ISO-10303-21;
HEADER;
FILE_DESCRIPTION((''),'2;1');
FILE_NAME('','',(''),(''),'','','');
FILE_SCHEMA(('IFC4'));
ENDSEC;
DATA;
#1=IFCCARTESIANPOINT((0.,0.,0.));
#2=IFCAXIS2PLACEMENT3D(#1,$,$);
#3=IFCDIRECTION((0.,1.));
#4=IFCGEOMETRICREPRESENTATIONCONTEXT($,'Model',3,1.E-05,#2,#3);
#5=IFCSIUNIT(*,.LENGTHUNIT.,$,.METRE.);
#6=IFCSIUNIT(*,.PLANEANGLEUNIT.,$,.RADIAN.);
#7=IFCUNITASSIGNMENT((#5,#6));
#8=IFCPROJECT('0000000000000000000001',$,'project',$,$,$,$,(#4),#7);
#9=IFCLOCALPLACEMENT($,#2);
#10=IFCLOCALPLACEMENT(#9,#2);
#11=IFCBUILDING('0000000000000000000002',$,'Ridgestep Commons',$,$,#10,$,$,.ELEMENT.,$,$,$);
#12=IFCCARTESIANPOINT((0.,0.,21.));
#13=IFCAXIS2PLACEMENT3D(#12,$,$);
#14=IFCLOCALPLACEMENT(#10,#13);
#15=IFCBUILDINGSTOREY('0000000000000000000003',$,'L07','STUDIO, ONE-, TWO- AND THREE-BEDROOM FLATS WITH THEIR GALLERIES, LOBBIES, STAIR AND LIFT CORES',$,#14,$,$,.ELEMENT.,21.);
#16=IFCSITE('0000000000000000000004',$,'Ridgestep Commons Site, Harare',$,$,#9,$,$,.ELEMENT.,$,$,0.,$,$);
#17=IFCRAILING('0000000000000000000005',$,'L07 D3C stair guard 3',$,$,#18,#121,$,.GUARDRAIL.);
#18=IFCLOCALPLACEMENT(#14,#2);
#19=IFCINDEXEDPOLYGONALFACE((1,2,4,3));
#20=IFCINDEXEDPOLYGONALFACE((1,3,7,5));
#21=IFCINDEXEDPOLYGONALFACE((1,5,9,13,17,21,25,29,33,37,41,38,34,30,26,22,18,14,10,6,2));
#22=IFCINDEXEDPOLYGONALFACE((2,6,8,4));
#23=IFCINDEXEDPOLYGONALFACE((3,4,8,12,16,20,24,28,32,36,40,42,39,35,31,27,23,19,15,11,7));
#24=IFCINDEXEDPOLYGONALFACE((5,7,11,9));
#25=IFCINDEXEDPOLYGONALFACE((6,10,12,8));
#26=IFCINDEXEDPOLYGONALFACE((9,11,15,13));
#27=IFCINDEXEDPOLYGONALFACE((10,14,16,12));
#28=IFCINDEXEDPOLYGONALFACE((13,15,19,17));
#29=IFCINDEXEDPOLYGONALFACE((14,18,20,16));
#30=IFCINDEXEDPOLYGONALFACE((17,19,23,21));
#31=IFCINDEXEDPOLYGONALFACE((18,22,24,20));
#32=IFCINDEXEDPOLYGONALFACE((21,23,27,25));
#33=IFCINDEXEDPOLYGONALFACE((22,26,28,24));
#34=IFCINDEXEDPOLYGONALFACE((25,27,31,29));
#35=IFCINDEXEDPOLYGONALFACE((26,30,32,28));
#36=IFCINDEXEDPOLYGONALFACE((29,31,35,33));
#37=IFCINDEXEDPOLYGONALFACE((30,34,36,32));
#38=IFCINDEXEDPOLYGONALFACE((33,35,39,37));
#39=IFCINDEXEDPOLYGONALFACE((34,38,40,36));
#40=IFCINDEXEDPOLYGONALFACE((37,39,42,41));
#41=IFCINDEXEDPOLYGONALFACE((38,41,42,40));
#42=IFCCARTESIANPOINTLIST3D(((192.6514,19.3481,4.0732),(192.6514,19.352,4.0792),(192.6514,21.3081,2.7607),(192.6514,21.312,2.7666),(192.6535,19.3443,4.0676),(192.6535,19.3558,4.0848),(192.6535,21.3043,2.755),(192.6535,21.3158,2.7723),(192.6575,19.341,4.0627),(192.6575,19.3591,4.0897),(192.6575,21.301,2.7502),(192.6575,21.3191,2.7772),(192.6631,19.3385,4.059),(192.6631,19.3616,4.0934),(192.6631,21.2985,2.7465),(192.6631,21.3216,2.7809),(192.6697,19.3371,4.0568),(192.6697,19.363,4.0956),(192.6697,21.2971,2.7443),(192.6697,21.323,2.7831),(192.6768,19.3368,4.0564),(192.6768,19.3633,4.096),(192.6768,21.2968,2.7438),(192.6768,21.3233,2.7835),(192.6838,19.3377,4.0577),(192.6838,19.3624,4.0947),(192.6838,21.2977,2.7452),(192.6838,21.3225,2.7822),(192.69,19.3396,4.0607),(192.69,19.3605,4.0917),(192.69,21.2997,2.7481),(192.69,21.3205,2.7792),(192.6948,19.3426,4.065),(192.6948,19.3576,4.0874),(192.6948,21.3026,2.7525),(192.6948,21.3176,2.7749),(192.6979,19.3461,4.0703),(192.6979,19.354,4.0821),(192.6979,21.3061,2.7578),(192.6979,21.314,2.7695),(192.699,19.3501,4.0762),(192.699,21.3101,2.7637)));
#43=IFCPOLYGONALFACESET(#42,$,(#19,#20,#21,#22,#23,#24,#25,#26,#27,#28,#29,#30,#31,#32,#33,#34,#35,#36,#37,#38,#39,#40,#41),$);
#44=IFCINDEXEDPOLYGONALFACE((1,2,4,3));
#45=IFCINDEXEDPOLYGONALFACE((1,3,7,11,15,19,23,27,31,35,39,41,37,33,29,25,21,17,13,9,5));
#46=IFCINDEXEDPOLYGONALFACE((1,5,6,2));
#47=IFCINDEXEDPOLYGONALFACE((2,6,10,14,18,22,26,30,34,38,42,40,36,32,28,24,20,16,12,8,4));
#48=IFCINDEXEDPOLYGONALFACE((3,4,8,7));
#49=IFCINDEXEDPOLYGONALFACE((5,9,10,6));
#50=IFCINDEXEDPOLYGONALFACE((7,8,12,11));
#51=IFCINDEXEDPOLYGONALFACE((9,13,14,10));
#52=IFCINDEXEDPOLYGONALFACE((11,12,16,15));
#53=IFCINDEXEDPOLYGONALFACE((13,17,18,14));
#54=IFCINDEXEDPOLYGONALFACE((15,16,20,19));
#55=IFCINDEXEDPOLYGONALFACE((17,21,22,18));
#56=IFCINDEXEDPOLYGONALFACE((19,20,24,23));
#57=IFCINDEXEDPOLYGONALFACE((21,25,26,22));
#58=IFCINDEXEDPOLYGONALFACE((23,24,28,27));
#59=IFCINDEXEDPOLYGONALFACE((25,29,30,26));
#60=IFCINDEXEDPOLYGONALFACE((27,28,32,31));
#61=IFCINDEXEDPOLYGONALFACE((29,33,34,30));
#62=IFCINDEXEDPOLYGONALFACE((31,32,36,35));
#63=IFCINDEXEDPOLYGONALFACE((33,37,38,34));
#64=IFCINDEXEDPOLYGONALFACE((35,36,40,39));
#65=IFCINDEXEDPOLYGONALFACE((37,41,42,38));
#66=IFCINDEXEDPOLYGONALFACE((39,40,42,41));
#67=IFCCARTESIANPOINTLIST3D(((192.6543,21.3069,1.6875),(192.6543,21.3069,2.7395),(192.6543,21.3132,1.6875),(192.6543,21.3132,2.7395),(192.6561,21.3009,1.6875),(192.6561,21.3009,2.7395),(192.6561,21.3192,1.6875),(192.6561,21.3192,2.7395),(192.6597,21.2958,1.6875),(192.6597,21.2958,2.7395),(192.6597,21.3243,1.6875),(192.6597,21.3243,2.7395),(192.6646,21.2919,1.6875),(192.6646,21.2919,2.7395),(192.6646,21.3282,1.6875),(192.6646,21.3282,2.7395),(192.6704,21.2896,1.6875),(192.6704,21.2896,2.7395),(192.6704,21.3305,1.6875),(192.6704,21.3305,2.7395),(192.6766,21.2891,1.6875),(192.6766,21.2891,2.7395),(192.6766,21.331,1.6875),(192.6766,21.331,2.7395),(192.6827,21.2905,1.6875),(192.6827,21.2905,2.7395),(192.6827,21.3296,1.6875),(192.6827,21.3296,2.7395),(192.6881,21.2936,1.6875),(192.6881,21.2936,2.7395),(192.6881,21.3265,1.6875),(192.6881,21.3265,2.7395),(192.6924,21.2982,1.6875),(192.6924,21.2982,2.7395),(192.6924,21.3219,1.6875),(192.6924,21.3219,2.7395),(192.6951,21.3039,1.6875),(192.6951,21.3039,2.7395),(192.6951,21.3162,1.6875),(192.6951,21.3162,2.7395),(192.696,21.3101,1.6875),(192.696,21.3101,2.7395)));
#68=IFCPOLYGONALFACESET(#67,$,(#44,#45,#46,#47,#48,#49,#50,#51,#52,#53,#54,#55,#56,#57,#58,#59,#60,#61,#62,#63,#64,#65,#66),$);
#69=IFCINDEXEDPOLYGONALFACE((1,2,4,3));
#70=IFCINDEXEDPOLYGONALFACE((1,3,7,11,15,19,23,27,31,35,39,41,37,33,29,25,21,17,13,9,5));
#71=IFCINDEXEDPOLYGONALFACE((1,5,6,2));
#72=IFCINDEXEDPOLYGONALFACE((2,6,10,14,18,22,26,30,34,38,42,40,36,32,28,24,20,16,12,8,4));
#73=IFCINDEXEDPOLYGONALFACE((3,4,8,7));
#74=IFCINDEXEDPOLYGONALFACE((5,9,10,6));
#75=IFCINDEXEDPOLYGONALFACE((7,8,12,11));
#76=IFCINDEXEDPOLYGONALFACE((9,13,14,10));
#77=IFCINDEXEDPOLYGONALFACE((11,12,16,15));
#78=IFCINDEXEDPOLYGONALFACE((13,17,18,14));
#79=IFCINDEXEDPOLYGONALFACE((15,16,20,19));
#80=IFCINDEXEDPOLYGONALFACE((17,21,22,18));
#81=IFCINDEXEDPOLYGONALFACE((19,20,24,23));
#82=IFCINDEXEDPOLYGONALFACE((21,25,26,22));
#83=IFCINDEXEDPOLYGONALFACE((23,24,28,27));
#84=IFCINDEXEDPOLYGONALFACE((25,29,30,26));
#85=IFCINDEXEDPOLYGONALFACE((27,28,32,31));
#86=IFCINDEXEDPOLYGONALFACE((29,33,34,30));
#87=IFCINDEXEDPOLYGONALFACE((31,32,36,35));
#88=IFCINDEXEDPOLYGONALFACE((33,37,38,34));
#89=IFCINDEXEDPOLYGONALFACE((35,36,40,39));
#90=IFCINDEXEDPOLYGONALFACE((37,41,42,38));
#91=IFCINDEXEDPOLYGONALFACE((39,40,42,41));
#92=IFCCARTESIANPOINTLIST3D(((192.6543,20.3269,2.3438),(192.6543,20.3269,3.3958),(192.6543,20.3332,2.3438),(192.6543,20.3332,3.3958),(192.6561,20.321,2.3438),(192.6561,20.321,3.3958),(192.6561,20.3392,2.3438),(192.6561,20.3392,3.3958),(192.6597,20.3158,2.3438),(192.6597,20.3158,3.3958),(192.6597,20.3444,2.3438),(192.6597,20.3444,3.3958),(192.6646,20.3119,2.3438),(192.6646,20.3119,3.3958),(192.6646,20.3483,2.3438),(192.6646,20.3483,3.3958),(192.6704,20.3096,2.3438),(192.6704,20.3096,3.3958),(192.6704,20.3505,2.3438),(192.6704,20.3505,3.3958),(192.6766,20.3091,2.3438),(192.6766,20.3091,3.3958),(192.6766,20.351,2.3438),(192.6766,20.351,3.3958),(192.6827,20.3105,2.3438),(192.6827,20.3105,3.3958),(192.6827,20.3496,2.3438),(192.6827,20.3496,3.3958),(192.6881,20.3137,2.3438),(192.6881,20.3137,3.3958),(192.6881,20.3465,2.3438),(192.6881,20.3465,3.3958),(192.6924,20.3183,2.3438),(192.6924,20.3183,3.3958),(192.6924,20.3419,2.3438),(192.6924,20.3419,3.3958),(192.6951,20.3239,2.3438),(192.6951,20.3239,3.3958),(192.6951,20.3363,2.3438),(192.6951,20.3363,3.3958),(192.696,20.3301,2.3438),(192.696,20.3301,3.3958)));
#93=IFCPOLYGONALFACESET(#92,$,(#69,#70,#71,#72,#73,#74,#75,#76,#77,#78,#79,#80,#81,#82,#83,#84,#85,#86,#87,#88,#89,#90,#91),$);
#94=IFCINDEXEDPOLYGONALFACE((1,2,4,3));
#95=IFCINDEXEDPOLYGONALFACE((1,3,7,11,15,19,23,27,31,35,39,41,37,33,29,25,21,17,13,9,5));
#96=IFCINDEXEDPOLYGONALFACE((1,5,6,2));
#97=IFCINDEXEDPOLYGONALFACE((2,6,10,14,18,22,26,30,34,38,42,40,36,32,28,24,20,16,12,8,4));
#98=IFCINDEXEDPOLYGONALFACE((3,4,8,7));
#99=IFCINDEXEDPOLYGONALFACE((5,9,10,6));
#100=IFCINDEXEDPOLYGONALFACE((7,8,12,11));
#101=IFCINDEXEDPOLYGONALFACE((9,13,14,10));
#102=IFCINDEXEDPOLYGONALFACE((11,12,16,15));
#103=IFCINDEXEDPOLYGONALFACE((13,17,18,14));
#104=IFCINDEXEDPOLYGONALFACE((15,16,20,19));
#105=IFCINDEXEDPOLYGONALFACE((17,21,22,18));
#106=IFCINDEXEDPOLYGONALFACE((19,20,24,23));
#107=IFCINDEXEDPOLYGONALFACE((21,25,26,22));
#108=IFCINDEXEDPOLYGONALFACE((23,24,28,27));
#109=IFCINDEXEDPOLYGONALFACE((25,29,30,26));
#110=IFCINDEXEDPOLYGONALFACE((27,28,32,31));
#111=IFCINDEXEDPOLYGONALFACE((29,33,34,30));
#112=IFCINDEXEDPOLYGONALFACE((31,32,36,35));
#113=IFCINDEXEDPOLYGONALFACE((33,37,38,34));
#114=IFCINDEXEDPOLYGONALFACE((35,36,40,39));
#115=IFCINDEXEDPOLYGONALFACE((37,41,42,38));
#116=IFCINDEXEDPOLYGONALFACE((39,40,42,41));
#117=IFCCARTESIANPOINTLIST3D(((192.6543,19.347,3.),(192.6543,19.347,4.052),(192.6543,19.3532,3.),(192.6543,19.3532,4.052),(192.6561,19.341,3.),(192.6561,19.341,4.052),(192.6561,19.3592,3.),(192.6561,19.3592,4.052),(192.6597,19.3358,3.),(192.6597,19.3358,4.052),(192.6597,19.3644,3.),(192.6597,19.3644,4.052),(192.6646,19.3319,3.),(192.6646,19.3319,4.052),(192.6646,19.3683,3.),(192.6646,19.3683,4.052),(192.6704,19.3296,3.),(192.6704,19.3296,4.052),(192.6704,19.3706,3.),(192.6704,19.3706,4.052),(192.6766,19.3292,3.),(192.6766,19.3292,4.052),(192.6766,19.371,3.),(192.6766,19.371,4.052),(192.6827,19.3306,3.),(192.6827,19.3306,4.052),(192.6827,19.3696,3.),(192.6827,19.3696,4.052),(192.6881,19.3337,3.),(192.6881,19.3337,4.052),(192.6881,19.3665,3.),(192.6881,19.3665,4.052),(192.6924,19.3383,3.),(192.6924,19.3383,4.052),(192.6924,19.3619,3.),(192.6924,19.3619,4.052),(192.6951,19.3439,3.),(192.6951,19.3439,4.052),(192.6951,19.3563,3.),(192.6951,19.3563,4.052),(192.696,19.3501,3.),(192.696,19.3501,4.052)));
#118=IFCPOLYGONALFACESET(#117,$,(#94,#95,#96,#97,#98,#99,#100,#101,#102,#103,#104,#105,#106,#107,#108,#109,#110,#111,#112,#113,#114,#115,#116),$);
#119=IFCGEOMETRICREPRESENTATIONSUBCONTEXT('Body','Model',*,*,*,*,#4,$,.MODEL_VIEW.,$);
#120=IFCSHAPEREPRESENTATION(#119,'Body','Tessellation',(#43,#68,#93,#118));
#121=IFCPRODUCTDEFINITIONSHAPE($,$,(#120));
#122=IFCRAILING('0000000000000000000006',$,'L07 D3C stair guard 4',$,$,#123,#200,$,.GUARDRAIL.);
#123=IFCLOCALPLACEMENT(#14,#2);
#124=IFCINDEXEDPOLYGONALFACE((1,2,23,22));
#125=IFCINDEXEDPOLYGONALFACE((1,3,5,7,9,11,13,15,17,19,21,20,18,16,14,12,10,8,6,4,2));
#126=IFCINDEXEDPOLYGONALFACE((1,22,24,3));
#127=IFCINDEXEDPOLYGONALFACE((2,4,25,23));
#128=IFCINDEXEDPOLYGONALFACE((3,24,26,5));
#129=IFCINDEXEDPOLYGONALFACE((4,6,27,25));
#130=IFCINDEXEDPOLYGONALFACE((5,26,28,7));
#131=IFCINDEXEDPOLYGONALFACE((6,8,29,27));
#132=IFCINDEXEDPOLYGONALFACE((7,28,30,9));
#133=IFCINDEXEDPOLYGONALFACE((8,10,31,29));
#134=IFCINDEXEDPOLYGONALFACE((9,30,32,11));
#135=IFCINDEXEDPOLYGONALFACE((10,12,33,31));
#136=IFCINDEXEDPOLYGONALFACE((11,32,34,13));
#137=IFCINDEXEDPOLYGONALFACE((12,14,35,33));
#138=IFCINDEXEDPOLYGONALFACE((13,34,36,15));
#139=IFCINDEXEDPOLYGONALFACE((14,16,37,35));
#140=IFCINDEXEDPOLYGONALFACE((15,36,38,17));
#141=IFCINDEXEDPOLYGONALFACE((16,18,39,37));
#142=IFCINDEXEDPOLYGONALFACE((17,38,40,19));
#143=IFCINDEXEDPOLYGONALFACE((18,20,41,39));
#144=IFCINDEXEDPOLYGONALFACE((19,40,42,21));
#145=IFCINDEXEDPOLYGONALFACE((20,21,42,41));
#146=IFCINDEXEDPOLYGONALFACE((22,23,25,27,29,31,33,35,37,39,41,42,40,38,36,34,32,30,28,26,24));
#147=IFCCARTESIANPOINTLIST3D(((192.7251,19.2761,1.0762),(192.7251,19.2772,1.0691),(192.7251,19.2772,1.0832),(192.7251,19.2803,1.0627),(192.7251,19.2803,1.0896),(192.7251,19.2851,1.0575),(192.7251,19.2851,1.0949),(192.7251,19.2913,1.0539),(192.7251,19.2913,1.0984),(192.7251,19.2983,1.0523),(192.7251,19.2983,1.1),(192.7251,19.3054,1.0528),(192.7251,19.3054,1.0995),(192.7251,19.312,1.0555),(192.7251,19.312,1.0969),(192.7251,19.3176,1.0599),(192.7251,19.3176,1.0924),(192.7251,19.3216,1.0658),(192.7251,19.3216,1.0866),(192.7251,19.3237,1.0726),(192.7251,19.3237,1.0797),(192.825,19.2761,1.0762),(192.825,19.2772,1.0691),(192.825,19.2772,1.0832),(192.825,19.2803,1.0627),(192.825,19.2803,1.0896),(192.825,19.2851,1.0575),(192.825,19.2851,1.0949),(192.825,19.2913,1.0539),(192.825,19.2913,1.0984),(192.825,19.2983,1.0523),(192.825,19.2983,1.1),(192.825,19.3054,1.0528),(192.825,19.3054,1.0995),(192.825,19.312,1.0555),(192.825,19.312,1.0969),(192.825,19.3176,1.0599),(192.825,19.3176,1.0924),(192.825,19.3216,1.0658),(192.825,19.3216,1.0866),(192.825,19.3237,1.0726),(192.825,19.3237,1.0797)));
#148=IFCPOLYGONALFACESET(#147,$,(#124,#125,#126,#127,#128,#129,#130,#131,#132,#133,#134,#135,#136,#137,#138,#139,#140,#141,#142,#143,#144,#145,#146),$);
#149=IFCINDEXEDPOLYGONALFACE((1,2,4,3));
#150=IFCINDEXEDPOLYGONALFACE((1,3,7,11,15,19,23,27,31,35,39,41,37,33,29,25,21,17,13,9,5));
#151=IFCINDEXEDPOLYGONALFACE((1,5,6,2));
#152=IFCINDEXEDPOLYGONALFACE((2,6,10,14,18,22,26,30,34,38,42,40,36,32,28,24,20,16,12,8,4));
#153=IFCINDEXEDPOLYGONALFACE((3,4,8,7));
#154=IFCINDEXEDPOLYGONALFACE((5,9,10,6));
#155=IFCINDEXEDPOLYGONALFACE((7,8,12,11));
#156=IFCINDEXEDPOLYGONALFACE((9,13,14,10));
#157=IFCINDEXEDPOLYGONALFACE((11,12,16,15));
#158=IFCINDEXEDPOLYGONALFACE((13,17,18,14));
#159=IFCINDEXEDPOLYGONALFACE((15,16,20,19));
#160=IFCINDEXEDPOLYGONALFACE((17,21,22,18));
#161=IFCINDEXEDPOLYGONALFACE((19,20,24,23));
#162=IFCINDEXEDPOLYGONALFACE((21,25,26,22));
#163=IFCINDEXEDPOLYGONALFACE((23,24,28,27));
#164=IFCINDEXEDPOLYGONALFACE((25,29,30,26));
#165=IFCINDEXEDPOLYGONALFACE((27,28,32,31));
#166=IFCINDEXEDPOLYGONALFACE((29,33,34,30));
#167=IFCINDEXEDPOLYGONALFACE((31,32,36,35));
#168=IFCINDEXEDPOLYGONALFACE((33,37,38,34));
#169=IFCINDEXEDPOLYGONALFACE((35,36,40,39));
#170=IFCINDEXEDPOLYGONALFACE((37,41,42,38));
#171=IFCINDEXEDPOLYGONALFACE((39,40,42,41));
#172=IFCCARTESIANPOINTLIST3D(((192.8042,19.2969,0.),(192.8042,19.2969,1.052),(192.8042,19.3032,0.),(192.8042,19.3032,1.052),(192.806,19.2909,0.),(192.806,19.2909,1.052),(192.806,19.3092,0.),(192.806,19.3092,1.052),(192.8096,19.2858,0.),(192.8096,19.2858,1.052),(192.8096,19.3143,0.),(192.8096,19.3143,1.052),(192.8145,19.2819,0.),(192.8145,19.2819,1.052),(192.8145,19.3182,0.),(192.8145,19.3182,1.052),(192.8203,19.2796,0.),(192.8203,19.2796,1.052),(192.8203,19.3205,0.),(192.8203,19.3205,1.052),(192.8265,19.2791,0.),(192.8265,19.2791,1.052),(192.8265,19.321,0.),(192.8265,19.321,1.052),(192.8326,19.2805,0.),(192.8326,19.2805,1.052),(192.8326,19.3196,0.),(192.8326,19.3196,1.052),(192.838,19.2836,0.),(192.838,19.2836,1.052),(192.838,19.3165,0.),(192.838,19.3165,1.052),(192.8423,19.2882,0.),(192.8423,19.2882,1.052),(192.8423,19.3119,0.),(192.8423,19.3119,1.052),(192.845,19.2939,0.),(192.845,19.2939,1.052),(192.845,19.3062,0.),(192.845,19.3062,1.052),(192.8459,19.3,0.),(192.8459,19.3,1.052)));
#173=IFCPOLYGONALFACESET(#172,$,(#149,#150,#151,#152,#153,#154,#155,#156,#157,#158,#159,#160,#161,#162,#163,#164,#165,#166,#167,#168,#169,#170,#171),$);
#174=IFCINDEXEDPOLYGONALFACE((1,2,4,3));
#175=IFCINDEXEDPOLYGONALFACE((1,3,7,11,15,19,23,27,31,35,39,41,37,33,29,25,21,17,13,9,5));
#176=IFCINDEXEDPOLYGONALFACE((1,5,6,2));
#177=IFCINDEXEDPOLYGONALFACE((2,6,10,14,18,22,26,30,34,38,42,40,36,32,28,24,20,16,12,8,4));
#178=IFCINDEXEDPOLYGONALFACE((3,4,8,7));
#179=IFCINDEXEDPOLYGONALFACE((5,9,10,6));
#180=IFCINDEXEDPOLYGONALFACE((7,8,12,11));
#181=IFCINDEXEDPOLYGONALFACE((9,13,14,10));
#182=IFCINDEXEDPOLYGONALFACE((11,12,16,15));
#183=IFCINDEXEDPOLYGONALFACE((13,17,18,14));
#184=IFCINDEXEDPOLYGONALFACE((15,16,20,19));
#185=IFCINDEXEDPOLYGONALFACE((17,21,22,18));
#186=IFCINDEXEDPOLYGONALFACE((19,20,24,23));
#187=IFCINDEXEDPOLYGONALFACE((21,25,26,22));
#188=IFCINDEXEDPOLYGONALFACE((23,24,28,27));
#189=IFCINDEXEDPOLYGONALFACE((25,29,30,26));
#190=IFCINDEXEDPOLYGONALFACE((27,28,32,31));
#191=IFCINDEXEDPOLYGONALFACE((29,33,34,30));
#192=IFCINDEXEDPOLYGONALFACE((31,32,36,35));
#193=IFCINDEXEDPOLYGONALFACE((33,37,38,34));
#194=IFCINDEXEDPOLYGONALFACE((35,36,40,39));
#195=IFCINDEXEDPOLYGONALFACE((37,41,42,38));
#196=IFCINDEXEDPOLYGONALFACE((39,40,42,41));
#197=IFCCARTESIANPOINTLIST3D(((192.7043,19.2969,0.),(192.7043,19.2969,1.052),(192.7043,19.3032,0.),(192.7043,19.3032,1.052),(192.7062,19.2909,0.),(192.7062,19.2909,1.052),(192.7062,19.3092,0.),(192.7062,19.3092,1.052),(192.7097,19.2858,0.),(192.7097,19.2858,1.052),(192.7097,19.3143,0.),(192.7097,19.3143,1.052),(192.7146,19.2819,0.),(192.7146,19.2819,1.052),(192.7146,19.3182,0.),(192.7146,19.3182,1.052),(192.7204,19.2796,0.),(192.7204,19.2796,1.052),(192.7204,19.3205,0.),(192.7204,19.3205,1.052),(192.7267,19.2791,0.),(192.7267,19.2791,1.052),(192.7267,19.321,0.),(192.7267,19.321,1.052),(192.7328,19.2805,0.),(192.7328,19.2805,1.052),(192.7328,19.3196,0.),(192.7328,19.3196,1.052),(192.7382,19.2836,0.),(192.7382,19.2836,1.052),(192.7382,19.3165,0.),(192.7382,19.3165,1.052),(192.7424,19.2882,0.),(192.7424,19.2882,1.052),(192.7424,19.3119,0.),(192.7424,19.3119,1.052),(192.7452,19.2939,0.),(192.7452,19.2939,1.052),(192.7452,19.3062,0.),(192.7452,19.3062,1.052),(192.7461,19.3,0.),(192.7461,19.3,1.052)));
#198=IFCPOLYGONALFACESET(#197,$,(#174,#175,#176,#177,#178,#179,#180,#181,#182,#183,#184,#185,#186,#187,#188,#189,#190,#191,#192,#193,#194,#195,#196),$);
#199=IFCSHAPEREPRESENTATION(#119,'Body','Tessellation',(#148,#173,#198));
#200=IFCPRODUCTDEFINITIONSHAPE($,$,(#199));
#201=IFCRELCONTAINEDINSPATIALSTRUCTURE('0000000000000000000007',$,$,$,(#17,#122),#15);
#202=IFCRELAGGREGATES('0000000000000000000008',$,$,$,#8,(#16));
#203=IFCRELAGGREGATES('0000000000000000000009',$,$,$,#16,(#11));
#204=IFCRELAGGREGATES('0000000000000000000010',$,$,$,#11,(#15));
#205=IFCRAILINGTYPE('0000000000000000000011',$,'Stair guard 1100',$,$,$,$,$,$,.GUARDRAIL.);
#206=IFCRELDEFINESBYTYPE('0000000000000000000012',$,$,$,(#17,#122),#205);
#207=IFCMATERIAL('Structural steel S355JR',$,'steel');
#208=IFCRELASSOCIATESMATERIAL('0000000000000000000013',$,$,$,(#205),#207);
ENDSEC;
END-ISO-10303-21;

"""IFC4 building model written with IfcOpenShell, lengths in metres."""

from ifc_helpers import new_model, si_unit, direction, frame, origin, origin_2d, place, context, subcontext, project, spatial, circle, extrude, material, type_object, element, save


model = new_model("IFC4")

# Units and contexts
model_context = context("Model", 3, precision=1e-05, world=origin(), true_north=direction((0.0, 1.0)))
body_context = subcontext(model_context, "Body", "Model", "MODEL_VIEW")
ifc_project = project(units=[si_unit("LENGTHUNIT", "METRE"), si_unit("PLANEANGLEUNIT", "RADIAN")], contexts=[model_context])

# Site, building, storey
site_placement = place(None, origin())
site = spatial("IfcSite", under=ifc_project, at=site_placement, Name="Ridgestep Commons Site, Harare", CompositionType="ELEMENT", RefElevation=0.0)
building_placement = place(site_placement, origin())
building = spatial("IfcBuilding", under=site, at=building_placement, Name="Ridgestep Commons", CompositionType="ELEMENT")
storey_placement = place(building_placement, frame((0.0, 0.0, 21.0)))
storey = spatial("IfcBuildingStorey", under=building, at=storey_placement, Name="L07", Description="STUDIO, ONE-, TWO- AND THREE-BEDROOM FLATS WITH THEIR GALLERIES, LOBBIES, STAIR AND LIFT CORES", CompositionType="ELEMENT", Elevation=21.0)

# Railings
ifc_material_1 = material(Name="Structural steel S355JR", Category="steel")
railing_type_1 = type_object("IfcRailingType", Name="Stair guard 1100", PredefinedType="GUARDRAIL", material=ifc_material_1)
railing_1_placement = place(storey_placement, frame((192.675, 21.3101, 1.6875)))
element("IfcRailing", 1, at=railing_1_placement, inside=storey, type_object=railing_type_1, Name="L07 D3C stair guard 3", PredefinedType="GUARDRAIL", context=body_context, shape_type="SweptSolid", body=[
    extrude(circle(Radius=0.0239, at=origin_2d()), frame((0.0, 0.0, 1.0762), z_axis=(0.0, -0.830902, 0.556419), x_axis=(1.0, 0.0, 0.0)), (0.0, 0.0, 1.0), 2.3589),
    extrude(circle(Radius=0.021, at=origin_2d()), origin(), (0.0, 0.0, 1.0), 1.052),
    extrude(circle(Radius=0.021, at=origin_2d()), frame((0.0, -0.98, 0.6562)), (0.0, 0.0, 1.0), 1.052),
    extrude(circle(Radius=0.021, at=origin_2d()), frame((0.0, -1.96, 1.3125)), (0.0, 0.0, 1.0), 1.052),
])
railing_2_placement = place(storey_placement, frame((192.825, 19.3, 0.0)))
element("IfcRailing", 2, at=railing_2_placement, inside=storey, type_object=railing_type_1, Name="L07 D3C stair guard 4", PredefinedType="GUARDRAIL", context=body_context, shape_type="SweptSolid", body=[
    extrude(circle(Radius=0.0239, at=origin_2d()), frame((0.0, 0.0, 1.0762), z_axis=(-1.0, 0.0, 0.0), x_axis=(0.0, -1.0, 0.0)), (0.0, 0.0, 1.0), 0.0999),
    extrude(circle(Radius=0.021, at=origin_2d()), origin(), (0.0, 0.0, 1.0), 1.052),
    extrude(circle(Radius=0.021, at=origin_2d()), frame((-0.0999, 0.0, 0.0)), (0.0, 0.0, 1.0), 1.052),
])

save(model, "model.ifc")
